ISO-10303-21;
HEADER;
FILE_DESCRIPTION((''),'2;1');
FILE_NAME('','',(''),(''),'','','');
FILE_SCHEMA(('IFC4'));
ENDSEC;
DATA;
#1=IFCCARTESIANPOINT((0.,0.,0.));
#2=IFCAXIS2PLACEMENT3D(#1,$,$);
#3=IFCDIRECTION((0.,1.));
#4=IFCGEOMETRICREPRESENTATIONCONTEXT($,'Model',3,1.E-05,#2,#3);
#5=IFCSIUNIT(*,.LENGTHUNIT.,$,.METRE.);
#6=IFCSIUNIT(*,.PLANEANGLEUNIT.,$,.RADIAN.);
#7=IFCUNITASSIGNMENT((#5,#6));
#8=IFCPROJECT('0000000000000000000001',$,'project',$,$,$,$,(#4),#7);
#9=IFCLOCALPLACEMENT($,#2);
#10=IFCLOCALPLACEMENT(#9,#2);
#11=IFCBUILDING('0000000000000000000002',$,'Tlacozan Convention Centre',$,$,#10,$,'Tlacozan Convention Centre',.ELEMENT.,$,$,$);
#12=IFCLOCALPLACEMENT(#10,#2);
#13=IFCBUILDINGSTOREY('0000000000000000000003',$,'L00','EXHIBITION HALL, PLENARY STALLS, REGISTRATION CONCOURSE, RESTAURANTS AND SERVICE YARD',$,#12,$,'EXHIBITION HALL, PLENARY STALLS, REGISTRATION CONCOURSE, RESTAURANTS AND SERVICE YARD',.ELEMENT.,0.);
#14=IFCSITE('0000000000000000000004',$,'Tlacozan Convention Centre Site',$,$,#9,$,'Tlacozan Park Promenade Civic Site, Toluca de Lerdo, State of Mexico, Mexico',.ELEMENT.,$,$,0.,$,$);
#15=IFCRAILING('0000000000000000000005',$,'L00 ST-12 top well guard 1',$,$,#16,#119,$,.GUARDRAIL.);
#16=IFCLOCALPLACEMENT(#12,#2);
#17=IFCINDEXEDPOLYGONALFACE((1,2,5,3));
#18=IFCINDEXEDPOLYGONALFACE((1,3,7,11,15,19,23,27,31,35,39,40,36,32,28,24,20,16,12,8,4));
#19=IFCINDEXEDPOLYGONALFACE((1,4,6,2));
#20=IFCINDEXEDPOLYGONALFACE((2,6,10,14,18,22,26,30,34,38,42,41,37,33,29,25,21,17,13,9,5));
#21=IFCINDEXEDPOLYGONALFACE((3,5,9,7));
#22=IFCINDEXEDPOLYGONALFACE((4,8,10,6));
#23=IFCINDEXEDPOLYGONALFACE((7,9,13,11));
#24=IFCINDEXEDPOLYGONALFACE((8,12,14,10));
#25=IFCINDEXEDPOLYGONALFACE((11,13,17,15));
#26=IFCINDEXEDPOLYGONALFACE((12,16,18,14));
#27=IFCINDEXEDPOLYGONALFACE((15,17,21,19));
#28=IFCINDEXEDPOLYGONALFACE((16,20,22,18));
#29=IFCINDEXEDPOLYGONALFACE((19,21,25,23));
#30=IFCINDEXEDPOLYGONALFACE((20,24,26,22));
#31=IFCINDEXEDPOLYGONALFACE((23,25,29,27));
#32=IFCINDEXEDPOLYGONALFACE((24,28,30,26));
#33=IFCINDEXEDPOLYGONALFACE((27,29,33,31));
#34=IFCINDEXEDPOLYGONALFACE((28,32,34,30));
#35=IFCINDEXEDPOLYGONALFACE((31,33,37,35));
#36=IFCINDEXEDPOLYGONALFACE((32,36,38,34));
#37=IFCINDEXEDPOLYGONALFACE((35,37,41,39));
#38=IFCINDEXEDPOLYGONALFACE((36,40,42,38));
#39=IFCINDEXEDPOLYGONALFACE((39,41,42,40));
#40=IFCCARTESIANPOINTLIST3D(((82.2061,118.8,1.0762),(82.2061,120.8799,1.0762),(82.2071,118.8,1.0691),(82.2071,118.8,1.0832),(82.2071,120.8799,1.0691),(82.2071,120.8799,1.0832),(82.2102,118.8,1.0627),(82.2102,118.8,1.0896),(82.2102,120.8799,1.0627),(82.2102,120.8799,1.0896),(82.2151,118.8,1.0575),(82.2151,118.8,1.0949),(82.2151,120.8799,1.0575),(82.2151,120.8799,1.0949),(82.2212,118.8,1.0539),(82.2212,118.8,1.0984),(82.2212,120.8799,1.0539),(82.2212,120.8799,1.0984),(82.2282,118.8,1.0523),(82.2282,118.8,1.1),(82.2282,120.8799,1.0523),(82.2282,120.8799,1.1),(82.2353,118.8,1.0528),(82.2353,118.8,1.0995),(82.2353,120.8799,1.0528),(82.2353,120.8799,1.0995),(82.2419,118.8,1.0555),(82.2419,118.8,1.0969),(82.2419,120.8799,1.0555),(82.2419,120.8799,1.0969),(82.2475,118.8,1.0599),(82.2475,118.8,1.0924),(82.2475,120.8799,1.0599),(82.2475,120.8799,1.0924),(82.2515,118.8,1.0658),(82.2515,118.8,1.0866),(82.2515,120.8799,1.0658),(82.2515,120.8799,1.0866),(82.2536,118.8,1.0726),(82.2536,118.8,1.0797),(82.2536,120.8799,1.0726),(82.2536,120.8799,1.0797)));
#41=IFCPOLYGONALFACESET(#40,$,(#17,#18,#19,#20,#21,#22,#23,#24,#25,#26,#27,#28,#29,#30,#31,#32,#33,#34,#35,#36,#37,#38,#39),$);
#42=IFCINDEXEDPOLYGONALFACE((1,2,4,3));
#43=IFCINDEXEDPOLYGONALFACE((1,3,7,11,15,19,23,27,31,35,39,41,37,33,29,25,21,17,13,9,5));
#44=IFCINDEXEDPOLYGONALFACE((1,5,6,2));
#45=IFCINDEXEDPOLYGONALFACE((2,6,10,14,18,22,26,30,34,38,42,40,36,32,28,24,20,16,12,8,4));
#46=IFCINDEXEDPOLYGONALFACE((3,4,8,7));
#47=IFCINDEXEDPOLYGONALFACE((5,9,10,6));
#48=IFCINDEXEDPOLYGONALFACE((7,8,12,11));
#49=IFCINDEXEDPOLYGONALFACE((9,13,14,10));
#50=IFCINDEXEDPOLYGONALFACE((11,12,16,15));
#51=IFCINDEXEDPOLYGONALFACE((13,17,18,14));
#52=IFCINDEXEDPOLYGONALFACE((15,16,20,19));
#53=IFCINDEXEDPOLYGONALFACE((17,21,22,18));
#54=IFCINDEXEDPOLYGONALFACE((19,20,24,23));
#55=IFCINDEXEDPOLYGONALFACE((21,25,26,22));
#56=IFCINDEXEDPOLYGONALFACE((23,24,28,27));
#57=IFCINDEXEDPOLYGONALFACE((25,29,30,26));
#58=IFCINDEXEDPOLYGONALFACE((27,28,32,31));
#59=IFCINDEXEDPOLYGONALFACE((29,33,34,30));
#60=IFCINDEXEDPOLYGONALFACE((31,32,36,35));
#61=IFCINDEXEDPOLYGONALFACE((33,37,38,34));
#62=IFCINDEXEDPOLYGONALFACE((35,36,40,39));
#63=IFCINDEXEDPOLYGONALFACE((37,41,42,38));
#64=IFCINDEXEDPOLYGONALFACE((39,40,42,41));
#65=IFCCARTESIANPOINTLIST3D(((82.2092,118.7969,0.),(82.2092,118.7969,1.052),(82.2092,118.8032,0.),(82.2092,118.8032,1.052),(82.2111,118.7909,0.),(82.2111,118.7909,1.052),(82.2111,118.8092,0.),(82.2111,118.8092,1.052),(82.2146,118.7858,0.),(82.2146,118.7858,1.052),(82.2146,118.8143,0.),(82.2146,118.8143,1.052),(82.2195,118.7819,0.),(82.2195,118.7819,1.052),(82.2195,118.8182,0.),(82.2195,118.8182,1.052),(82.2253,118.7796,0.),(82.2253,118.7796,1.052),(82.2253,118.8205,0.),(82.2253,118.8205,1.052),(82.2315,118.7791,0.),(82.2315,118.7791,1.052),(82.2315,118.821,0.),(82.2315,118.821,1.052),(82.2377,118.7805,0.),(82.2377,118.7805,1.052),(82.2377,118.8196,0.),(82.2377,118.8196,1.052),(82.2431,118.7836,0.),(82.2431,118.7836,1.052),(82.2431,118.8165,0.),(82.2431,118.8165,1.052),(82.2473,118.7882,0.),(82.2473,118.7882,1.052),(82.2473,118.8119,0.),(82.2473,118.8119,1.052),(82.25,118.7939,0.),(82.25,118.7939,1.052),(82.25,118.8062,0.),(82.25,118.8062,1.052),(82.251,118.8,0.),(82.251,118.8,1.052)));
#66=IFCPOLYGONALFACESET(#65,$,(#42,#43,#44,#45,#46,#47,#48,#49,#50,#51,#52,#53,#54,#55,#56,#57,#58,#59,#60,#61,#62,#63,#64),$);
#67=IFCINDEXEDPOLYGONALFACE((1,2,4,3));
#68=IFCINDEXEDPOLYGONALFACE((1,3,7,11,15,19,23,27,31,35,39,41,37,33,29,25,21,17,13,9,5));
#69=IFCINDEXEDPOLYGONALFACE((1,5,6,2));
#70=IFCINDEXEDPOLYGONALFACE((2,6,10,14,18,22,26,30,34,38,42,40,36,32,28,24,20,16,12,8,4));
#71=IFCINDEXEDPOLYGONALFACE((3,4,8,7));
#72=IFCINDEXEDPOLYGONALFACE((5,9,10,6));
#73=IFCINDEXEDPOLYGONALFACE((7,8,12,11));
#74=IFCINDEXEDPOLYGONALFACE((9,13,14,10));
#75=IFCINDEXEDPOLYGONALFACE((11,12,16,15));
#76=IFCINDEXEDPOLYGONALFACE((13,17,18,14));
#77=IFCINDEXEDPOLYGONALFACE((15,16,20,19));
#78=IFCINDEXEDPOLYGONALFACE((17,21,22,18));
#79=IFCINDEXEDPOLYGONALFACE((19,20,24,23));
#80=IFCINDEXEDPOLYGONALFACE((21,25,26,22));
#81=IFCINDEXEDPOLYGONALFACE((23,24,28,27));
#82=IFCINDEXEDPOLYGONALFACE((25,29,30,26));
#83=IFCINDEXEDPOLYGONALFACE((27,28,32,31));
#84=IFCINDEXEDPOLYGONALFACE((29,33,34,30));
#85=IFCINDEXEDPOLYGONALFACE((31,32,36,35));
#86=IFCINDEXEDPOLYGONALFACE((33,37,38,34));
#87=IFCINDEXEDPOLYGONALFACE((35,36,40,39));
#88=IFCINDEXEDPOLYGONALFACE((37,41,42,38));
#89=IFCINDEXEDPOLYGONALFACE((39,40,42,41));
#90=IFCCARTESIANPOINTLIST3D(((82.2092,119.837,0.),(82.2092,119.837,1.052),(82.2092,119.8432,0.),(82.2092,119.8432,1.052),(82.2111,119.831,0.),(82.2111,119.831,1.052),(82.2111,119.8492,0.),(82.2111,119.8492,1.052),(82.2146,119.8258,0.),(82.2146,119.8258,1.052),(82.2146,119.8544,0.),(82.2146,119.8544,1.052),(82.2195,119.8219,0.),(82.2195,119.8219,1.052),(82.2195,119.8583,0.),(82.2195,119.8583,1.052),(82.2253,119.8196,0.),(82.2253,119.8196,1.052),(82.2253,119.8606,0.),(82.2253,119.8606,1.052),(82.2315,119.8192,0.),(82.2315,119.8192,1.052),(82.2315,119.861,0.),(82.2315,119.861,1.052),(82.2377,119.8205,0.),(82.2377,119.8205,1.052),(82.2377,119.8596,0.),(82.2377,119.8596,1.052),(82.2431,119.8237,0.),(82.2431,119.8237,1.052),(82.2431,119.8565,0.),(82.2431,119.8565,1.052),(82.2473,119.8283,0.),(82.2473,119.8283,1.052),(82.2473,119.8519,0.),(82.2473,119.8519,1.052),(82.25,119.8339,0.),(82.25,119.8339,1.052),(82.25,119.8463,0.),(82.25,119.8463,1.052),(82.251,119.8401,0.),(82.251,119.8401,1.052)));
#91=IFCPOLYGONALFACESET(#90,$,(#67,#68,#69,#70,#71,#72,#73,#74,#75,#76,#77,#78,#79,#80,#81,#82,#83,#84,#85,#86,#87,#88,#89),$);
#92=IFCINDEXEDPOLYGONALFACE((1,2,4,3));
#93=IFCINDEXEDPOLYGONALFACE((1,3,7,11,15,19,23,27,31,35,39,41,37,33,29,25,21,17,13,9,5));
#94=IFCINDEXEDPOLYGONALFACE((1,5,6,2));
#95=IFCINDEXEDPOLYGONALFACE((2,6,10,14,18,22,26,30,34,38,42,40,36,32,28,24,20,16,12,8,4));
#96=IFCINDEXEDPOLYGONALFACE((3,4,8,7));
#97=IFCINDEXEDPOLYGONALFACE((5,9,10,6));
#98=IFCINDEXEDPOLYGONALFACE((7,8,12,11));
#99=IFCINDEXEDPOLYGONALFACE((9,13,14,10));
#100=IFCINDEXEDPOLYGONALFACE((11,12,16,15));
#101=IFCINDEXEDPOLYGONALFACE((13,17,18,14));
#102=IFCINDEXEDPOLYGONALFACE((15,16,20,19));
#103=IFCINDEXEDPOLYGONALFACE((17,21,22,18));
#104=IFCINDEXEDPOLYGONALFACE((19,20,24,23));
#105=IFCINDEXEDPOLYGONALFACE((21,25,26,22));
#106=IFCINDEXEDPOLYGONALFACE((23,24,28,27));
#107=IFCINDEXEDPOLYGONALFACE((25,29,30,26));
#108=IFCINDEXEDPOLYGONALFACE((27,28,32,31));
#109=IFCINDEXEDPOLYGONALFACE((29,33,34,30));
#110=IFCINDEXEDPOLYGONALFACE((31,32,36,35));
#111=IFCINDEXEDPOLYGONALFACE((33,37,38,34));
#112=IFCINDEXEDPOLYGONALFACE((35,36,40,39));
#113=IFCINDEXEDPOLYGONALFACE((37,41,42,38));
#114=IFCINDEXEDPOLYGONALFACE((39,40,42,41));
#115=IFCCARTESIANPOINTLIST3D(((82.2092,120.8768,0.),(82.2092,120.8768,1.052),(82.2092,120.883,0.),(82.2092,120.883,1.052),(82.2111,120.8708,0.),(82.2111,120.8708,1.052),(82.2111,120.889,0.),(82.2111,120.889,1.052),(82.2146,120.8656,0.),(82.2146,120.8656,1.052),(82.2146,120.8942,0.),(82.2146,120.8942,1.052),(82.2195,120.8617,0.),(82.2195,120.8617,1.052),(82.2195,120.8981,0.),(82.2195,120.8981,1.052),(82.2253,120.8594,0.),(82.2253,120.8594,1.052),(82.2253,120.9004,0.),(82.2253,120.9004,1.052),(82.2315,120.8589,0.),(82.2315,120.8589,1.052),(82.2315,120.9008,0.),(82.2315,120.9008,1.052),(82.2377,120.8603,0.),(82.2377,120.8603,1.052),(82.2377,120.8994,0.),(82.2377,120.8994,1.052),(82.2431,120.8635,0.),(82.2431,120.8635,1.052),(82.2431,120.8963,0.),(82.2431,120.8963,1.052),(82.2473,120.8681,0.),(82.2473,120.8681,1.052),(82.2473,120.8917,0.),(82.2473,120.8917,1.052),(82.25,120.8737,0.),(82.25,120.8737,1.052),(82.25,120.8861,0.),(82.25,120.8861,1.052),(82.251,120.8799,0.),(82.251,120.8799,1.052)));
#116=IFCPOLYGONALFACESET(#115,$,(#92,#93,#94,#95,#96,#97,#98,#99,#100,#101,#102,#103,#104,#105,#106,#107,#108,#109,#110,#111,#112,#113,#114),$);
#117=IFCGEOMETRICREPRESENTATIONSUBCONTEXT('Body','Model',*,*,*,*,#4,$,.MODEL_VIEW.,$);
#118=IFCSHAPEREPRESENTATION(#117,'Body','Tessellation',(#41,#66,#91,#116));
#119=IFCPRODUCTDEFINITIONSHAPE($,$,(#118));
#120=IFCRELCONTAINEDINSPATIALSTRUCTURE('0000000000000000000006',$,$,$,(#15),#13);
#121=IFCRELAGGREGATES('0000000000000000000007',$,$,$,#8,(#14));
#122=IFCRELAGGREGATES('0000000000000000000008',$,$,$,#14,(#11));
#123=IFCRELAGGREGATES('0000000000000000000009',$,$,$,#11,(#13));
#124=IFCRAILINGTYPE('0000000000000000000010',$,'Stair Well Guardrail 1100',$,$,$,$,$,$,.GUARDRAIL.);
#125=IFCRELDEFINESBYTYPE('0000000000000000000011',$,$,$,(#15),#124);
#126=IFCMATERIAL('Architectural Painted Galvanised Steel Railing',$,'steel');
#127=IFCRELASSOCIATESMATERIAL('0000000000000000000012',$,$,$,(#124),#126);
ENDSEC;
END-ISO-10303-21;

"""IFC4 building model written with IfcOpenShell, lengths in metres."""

from ifc_helpers import new_model, si_unit, direction, frame, origin, origin_2d, place, context, subcontext, project, spatial, circle, extrude, material, type_object, element, save


model = new_model("IFC4")

# Units and contexts
model_context = context("Model", 3, precision=1e-05, world=origin(), true_north=direction((0.0, 1.0)))
body_context = subcontext(model_context, "Body", "Model", "MODEL_VIEW")
ifc_project = project(units=[si_unit("LENGTHUNIT", "METRE"), si_unit("PLANEANGLEUNIT", "RADIAN")], contexts=[model_context])

# Site, building, storey
site_placement = place(None, origin())
site = spatial("IfcSite", under=ifc_project, at=site_placement, Name="Tlacozan Convention Centre Site", LongName="Tlacozan Park Promenade Civic Site, Toluca de Lerdo, State of Mexico, Mexico", CompositionType="ELEMENT", RefElevation=0.0)
building_placement = place(site_placement, origin())
building = spatial("IfcBuilding", under=site, at=building_placement, Name="Tlacozan Convention Centre", LongName="Tlacozan Convention Centre", CompositionType="ELEMENT")
storey_placement = place(building_placement, origin())
storey = spatial("IfcBuildingStorey", under=building, at=storey_placement, Name="L00", Description="EXHIBITION HALL, PLENARY STALLS, REGISTRATION CONCOURSE, RESTAURANTS AND SERVICE YARD", LongName="EXHIBITION HALL, PLENARY STALLS, REGISTRATION CONCOURSE, RESTAURANTS AND SERVICE YARD", CompositionType="ELEMENT", Elevation=0.0)

# Railing
ifc_material_1 = material(Name="Architectural Painted Galvanised Steel Railing", Category="steel")
railing_type = type_object("IfcRailingType", Name="Stair Well Guardrail 1100", PredefinedType="GUARDRAIL", material=ifc_material_1)
railing_placement = place(storey_placement, frame((82.23, 118.8, 0.0)))
element("IfcRailing", 1, at=railing_placement, inside=storey, type_object=railing_type, Name="L00 ST-12 top well guard 1", PredefinedType="GUARDRAIL", context=body_context, shape_type="SweptSolid", body=[
    extrude(circle(Radius=0.0239, at=origin_2d()), frame((0.0, 0.0, 1.0762), z_axis=(0.0, 1.0, 0.0), x_axis=(-1.0, 0.0, 0.0)), (0.0, 0.0, 1.0), 2.0798),
    extrude(circle(Radius=0.021, at=origin_2d()), origin(), (0.0, 0.0, 1.0), 1.052),
    extrude(circle(Radius=0.021, at=origin_2d()), frame((0.0, 1.04, 0.0)), (0.0, 0.0, 1.0), 1.052),
    extrude(circle(Radius=0.021, at=origin_2d()), frame((0.0, 2.0798, 0.0)), (0.0, 0.0, 1.0), 1.052),
])

save(model, "model.ifc")
